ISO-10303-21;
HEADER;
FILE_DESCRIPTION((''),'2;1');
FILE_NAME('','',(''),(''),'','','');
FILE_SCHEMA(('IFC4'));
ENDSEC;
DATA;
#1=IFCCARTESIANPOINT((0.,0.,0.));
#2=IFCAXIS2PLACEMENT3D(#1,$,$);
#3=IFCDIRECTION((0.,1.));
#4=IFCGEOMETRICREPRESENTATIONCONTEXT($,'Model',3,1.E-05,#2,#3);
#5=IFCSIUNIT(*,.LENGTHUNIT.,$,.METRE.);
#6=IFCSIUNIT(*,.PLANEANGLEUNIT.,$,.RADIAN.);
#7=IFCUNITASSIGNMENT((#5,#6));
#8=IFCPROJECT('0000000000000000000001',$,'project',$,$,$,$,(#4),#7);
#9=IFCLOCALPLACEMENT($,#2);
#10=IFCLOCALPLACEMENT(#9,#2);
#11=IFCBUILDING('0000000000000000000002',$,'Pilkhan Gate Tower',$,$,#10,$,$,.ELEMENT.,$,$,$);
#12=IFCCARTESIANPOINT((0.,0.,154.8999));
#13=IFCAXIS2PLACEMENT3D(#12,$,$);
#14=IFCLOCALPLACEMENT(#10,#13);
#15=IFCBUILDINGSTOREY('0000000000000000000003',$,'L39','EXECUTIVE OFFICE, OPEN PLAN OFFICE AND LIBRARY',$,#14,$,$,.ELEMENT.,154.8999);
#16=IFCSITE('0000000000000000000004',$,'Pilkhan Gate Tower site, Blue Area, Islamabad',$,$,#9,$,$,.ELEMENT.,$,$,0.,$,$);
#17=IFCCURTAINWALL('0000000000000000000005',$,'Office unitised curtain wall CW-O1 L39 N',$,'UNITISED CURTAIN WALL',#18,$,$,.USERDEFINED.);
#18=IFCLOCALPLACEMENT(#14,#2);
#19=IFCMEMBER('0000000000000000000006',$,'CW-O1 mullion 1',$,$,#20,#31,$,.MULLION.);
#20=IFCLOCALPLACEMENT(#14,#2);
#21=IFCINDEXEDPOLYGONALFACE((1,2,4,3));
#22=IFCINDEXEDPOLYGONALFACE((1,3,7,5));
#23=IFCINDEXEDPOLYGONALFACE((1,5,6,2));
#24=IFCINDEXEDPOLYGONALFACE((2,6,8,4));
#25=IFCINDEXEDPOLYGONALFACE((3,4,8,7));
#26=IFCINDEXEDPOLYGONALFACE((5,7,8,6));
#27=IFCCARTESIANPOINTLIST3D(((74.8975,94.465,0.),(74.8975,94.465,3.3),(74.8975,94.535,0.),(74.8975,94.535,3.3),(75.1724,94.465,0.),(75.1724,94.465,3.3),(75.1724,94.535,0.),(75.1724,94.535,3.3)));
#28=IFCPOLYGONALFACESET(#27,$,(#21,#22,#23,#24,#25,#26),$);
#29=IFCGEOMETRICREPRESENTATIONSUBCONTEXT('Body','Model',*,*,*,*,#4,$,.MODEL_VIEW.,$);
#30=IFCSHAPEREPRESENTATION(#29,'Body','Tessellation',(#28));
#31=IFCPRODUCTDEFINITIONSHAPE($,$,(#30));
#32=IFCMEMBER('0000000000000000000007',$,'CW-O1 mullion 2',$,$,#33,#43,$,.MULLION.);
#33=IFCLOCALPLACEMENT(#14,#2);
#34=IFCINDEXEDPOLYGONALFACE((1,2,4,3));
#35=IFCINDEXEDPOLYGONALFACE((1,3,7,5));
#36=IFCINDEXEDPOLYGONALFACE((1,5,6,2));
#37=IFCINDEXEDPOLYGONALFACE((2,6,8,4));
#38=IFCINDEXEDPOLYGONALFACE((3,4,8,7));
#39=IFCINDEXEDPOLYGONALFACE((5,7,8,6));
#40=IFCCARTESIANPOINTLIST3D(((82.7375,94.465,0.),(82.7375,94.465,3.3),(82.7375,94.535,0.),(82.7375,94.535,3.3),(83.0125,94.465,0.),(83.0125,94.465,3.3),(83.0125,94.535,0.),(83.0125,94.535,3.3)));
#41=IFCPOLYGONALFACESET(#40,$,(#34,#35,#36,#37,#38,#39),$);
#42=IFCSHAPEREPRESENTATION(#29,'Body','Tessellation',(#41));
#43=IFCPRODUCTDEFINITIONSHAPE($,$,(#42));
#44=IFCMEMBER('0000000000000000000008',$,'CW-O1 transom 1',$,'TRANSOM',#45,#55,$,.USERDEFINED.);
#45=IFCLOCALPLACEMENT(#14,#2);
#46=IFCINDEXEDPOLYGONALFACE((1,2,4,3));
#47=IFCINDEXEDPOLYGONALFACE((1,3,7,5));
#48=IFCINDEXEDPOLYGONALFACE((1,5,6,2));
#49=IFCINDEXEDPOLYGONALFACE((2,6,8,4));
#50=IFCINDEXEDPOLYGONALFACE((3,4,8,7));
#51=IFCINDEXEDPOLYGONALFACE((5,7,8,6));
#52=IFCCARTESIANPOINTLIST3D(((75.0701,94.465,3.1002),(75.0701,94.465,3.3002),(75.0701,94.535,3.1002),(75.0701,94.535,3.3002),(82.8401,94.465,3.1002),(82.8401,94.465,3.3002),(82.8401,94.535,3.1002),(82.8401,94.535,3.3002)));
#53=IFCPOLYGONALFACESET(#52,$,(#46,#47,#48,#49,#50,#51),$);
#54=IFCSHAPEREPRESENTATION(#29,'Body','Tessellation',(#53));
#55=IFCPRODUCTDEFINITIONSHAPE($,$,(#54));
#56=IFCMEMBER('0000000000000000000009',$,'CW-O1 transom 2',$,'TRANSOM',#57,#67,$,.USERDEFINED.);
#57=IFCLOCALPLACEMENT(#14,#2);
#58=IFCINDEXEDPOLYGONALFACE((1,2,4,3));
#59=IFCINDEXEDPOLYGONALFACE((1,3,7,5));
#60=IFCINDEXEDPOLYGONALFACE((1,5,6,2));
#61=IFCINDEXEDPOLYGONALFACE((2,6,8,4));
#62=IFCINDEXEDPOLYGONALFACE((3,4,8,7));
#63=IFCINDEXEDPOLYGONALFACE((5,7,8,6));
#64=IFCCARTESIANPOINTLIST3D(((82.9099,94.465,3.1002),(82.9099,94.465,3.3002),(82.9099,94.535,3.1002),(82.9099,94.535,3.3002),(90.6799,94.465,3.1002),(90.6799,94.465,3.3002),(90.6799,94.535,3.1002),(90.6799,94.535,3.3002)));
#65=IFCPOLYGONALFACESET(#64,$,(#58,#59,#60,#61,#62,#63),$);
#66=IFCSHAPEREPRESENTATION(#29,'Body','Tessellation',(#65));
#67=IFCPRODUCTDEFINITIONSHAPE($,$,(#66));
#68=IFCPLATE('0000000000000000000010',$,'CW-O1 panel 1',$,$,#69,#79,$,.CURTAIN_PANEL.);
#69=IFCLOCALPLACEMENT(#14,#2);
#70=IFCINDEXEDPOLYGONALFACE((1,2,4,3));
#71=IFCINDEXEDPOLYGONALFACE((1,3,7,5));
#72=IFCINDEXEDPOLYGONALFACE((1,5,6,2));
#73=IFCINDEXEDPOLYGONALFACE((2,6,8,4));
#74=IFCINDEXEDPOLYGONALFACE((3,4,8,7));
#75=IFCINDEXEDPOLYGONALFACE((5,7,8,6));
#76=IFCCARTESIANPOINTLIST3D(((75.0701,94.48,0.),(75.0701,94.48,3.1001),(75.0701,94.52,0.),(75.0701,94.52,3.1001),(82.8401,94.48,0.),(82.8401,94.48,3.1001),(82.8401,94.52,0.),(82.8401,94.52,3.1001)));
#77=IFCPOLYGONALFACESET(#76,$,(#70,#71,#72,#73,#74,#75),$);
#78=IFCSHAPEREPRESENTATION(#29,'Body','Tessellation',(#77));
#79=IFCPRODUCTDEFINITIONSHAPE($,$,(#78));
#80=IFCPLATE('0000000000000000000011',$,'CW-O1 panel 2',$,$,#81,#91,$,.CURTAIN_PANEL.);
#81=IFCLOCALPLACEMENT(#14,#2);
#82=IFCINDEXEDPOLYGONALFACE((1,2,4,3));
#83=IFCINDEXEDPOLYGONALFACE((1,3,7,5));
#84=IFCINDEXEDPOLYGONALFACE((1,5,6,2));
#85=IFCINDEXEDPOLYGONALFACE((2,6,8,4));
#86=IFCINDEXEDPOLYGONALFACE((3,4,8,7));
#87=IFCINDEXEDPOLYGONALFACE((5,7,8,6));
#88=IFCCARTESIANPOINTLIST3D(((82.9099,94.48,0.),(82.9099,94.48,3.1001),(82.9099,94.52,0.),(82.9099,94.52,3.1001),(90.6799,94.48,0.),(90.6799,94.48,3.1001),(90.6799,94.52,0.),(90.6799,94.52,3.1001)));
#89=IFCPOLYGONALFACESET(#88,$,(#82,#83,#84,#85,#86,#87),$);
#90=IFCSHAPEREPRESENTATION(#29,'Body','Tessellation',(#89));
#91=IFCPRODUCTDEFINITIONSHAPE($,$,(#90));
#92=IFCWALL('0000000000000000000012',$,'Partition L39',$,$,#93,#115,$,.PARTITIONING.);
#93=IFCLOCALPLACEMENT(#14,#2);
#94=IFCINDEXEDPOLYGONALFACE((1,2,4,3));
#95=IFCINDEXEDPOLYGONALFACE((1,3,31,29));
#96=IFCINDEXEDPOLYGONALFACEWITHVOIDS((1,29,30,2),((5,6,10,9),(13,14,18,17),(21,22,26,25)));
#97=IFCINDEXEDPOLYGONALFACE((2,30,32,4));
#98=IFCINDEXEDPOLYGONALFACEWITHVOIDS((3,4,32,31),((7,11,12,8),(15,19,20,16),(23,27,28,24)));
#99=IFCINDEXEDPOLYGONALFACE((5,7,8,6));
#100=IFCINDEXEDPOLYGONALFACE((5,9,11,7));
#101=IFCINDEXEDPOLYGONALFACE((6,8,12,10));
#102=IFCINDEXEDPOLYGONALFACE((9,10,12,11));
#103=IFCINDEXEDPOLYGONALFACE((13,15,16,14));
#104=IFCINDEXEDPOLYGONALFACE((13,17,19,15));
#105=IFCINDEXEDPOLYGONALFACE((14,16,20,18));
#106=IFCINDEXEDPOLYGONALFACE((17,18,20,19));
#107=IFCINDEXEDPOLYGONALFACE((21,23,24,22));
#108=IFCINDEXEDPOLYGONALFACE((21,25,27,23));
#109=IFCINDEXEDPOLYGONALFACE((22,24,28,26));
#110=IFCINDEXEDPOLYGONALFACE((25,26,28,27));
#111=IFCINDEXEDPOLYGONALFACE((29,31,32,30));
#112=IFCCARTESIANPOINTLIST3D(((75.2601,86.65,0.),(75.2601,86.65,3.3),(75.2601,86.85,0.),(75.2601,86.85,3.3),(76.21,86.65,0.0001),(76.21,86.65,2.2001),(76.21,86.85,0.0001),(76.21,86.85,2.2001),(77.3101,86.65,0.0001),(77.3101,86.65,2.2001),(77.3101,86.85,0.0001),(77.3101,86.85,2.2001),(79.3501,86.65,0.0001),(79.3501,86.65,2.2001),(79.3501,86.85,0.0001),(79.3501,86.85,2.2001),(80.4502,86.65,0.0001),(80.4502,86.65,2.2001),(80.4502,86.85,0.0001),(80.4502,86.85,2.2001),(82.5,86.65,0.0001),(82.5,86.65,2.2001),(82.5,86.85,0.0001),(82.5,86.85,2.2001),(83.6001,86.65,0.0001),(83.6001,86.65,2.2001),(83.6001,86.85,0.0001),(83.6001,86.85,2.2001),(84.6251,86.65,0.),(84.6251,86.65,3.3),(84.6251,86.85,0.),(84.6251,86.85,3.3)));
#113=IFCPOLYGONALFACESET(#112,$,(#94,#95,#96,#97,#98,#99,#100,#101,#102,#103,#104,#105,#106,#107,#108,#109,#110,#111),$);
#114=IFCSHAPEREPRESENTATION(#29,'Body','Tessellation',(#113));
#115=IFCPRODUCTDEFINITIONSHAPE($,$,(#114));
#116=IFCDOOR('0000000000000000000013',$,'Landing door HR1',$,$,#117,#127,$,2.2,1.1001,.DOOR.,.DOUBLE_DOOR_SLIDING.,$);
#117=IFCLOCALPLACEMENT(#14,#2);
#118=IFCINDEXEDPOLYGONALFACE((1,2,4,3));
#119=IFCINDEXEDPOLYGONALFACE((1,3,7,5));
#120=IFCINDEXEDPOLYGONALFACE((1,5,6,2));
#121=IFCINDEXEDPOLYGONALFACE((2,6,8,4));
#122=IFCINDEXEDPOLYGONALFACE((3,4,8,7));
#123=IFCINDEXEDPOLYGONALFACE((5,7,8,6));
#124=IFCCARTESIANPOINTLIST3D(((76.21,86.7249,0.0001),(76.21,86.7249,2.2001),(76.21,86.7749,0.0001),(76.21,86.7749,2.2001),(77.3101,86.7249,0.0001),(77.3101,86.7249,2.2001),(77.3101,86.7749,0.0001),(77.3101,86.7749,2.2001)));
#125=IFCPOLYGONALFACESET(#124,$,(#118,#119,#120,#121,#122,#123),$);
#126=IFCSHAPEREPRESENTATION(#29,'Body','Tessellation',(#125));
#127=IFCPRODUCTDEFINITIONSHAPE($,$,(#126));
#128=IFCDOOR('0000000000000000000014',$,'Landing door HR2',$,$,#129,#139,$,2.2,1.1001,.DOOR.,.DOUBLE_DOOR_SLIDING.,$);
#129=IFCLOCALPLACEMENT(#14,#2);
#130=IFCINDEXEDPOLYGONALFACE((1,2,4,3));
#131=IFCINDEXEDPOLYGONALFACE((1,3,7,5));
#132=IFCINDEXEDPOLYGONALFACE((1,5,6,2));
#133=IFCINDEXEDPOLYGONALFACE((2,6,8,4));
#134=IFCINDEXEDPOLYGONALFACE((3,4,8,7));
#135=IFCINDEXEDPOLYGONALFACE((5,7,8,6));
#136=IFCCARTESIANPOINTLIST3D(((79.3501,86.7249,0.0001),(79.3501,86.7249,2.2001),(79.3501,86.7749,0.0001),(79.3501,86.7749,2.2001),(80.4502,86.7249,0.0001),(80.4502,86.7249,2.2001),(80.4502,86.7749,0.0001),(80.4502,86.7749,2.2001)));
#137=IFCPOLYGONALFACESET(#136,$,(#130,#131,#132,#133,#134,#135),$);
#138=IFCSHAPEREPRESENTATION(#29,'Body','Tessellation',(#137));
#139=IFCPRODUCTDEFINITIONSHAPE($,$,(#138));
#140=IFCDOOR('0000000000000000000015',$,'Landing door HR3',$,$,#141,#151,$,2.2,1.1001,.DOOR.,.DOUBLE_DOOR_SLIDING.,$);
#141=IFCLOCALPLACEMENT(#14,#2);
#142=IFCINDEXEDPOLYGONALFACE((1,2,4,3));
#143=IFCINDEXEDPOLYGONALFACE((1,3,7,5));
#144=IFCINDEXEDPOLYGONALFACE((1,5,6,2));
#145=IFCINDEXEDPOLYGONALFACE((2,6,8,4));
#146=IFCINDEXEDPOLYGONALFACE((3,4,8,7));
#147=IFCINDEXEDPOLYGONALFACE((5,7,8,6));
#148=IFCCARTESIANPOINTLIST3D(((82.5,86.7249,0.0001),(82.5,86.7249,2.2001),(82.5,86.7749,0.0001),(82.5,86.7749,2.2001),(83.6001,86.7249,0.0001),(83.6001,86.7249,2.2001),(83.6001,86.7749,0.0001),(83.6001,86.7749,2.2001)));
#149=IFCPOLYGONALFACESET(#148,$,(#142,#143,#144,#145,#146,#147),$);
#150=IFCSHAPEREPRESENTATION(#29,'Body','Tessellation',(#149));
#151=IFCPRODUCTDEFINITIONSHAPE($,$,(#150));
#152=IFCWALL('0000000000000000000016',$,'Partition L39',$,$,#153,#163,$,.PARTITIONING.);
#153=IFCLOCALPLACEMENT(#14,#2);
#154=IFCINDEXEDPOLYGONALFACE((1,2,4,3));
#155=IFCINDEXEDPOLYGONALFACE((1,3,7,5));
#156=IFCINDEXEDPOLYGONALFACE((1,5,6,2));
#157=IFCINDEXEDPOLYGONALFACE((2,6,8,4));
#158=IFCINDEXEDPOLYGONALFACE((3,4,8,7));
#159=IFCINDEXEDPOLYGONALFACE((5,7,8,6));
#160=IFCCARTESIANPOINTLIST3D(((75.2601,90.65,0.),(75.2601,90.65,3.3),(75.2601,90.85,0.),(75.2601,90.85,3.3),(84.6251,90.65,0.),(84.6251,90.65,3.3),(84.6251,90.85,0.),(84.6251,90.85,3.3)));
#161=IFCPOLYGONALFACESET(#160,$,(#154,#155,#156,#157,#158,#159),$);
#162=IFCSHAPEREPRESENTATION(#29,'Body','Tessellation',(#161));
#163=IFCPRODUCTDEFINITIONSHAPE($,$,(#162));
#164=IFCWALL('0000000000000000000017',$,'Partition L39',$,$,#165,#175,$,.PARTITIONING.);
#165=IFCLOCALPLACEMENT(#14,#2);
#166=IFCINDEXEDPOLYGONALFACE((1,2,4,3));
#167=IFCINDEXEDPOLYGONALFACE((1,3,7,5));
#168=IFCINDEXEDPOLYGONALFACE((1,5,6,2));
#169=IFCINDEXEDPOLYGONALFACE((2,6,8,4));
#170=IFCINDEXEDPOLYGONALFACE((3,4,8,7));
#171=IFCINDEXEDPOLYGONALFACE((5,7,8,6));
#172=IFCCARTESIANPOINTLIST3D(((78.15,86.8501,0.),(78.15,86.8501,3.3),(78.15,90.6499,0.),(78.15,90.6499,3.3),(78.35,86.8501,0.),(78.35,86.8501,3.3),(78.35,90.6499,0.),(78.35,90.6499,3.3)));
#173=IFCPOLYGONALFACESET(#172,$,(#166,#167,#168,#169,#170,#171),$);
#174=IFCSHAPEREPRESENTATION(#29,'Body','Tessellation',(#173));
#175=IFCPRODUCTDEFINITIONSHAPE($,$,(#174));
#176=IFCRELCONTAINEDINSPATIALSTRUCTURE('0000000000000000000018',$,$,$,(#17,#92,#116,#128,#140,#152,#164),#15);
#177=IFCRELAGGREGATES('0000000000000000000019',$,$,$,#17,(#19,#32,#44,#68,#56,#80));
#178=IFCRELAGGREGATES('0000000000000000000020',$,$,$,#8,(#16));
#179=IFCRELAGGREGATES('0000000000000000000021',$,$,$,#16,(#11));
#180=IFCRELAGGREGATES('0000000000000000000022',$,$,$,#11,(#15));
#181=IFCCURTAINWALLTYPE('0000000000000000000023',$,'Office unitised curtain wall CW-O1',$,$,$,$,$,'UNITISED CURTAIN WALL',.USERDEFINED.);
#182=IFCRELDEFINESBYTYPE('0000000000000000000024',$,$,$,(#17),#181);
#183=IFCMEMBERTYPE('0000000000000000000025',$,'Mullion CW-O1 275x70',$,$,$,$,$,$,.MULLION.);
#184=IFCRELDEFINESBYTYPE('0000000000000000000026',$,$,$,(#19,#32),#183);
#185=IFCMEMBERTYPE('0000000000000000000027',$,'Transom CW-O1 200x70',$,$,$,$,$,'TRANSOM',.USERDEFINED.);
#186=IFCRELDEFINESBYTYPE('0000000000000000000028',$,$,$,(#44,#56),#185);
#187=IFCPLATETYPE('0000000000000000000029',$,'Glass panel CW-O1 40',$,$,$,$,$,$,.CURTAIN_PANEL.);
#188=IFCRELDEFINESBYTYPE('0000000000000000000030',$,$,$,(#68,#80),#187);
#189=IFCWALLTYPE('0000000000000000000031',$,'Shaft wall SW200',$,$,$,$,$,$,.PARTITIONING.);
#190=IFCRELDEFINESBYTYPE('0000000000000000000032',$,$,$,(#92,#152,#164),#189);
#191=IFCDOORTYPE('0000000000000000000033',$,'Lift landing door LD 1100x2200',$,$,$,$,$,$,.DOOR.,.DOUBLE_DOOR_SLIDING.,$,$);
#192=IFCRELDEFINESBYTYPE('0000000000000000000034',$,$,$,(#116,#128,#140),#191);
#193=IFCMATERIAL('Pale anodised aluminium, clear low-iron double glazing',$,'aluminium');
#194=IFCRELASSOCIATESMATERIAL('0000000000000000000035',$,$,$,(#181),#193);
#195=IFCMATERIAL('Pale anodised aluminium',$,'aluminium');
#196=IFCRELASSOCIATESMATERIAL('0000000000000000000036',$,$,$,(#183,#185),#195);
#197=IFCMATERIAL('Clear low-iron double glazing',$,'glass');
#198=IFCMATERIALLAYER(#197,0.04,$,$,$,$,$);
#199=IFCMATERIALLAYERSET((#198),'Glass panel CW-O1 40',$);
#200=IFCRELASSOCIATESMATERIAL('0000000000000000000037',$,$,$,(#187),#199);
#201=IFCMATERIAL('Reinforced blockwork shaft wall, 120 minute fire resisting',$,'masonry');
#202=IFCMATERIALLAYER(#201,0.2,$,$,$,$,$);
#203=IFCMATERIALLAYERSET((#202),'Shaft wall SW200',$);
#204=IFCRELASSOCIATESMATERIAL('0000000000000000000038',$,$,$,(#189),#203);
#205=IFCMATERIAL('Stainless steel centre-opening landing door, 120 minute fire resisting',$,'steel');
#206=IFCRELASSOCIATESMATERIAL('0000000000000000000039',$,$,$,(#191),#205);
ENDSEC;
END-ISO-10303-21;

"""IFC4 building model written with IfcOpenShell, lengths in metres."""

from ifc_helpers import new_model, si_unit, direction, frame, frame_2d, origin, origin_2d, place, context, subcontext, project, spatial, rectangle, extrude, material, layer, layer_set, material_profile, profile_set, type_object, element, fill, aggregate, save


model = new_model("IFC4")

# Units and contexts
model_context = context("Model", 3, precision=1e-05, world=origin(), true_north=direction((0.0, 1.0)))
body_context = subcontext(model_context, "Body", "Model", "MODEL_VIEW")
ifc_project = project(units=[si_unit("LENGTHUNIT", "METRE"), si_unit("PLANEANGLEUNIT", "RADIAN")], contexts=[model_context])

# Site, building, storey
site_placement = place(None, origin())
site = spatial("IfcSite", under=ifc_project, at=site_placement, Name="Pilkhan Gate Tower site, Blue Area, Islamabad", CompositionType="ELEMENT", RefElevation=0.0)
building_placement = place(site_placement, origin())
building = spatial("IfcBuilding", under=site, at=building_placement, Name="Pilkhan Gate Tower", CompositionType="ELEMENT")
storey_placement = place(building_placement, frame((0.0, 0.0, 154.8999)))
storey = spatial("IfcBuildingStorey", under=building, at=storey_placement, Name="L39", Description="EXECUTIVE OFFICE, OPEN PLAN OFFICE AND LIBRARY", CompositionType="ELEMENT", Elevation=154.8999)

# Curtain wall, members, plates
ifc_material_1 = material(Name="Pale anodised aluminium, clear low-iron double glazing", Category="aluminium")
curtain_wall_type = type_object("IfcCurtainWallType", Name="Office unitised curtain wall CW-O1", ElementType="UNITISED CURTAIN WALL", PredefinedType="USERDEFINED", material=ifc_material_1)
curtain_wall_placement = place(storey_placement, origin())
curtain_wall = element("IfcCurtainWall", 1, at=curtain_wall_placement, inside=storey, type_object=curtain_wall_type, Name="Office unitised curtain wall CW-O1 L39 N", ObjectType="UNITISED CURTAIN WALL", PredefinedType="USERDEFINED")
ifc_material_2 = material(Name="Pale anodised aluminium", Category="aluminium")
ifc_material_profile_1 = material_profile(ifc_material_2, rectangle(XDim=0.0701, YDim=0.2749, at=origin_2d()), Name="Mullion 275x70")
ifc_profile_set_1 = profile_set([ifc_material_profile_1], Name="Pale anodised aluminium")
member_type_1 = type_object("IfcMemberType", Name="Mullion CW-O1 275x70", PredefinedType="MULLION", material=ifc_profile_set_1)
member_1_placement = place(storey_placement, frame((75.0349, 94.5, 0.0), z_axis=(0.0, 0.0, 1.0), x_axis=(0.0, 1.0, 0.0)))
member_1 = element("IfcMember", 2, at=member_1_placement, type_object=member_type_1, Name="CW-O1 mullion 1", PredefinedType="MULLION", context=body_context, shape_type="SweptSolid", body=[
    extrude(rectangle(XDim=0.0701, YDim=0.2749, at=origin_2d()), origin(), (0.0, 0.0, 1.0), 3.3),
])
member_2_placement = place(storey_placement, frame((82.875, 94.5, 0.0), z_axis=(0.0, 0.0, 1.0), x_axis=(0.0, 1.0, 0.0)))
member_2 = element("IfcMember", 3, at=member_2_placement, type_object=member_type_1, Name="CW-O1 mullion 2", PredefinedType="MULLION", context=body_context, shape_type="SweptSolid", body=[
    extrude(rectangle(XDim=0.0701, YDim=0.2749, at=origin_2d()), origin(), (0.0, 0.0, 1.0), 3.3),
])
ifc_material_profile_2 = material_profile(ifc_material_2, rectangle(XDim=0.0701, YDim=0.2, at=origin_2d()), Name="Transom 200x70")
ifc_profile_set_2 = profile_set([ifc_material_profile_2], Name="Pale anodised aluminium")
member_type_2 = type_object("IfcMemberType", Name="Transom CW-O1 200x70", ElementType="TRANSOM", PredefinedType="USERDEFINED", material=ifc_profile_set_2)
member_3_placement = place(storey_placement, frame((75.0701, 94.5, 3.2002), z_axis=(1.0, 0.0, 0.0), x_axis=(0.0, 1.0, 0.0)))
member_3 = element("IfcMember", 4, at=member_3_placement, type_object=member_type_2, Name="CW-O1 transom 1", ObjectType="TRANSOM", PredefinedType="USERDEFINED", context=body_context, shape_type="SweptSolid", body=[
    extrude(rectangle(XDim=0.0701, YDim=0.2, at=origin_2d()), origin(), (0.0, 0.0, 1.0), 7.77),
])
member_4_placement = place(storey_placement, frame((82.9099, 94.5, 3.2002), z_axis=(1.0, 0.0, 0.0), x_axis=(0.0, 1.0, 0.0)))
member_4 = element("IfcMember", 5, at=member_4_placement, type_object=member_type_2, Name="CW-O1 transom 2", ObjectType="TRANSOM", PredefinedType="USERDEFINED", context=body_context, shape_type="SweptSolid", body=[
    extrude(rectangle(XDim=0.0701, YDim=0.2, at=origin_2d()), origin(), (0.0, 0.0, 1.0), 7.77),
])
ifc_material_3 = material(Name="Clear low-iron double glazing", Category="glass")
ifc_layer_1 = layer(ifc_material_3, 0.04)
ifc_layer_set_1 = layer_set([ifc_layer_1], Name="Glass panel CW-O1 40")
plate_type = type_object("IfcPlateType", Name="Glass panel CW-O1 40", PredefinedType="CURTAIN_PANEL", material=ifc_layer_set_1)
plate_1_placement = place(storey_placement, frame((78.9551, 94.5, 0.0), z_axis=(0.0, 0.0, 1.0), x_axis=(1.0, 0.0, 0.0)))
plate_1 = element("IfcPlate", 6, at=plate_1_placement, type_object=plate_type, Name="CW-O1 panel 1", PredefinedType="CURTAIN_PANEL", context=body_context, shape_type="SweptSolid", body=[
    extrude(rectangle(XDim=7.77, YDim=0.04, at=origin_2d()), origin(), (0.0, 0.0, 1.0), 3.1001),
])
plate_2_placement = place(storey_placement, frame((86.7949, 94.5, 0.0), z_axis=(0.0, 0.0, 1.0), x_axis=(1.0, 0.0, 0.0)))
plate_2 = element("IfcPlate", 7, at=plate_2_placement, type_object=plate_type, Name="CW-O1 panel 2", PredefinedType="CURTAIN_PANEL", context=body_context, shape_type="SweptSolid", body=[
    extrude(rectangle(XDim=7.77, YDim=0.04, at=origin_2d()), origin(), (0.0, 0.0, 1.0), 3.1001),
])
aggregate(curtain_wall, [member_1, member_2, member_3, plate_1, member_4, plate_2])

# Wall, openings, doors
ifc_material_4 = material(Name="Reinforced blockwork shaft wall, 120 minute fire resisting", Category="masonry")
ifc_layer_2 = layer(ifc_material_4, 0.2)
ifc_layer_set_2 = layer_set([ifc_layer_2], Name="Shaft wall SW200")
wall_type_1 = type_object("IfcWallType", Name="Shaft wall SW200", PredefinedType="PARTITIONING", material=ifc_layer_set_2)
wall_1_placement = place(storey_placement, frame((75.26, 86.75, 0.0), z_axis=(0.0, 0.0, 1.0), x_axis=(1.0, 0.0, 0.0)))
wall_1 = element("IfcWall", 8, at=wall_1_placement, inside=storey, type_object=wall_type_1, Name="Partition L39", PredefinedType="PARTITIONING", context=body_context, shape_type="SweptSolid", body=[
    extrude(rectangle(XDim=9.365, YDim=0.2, at=frame_2d((4.6826, 0.0))), origin(), (0.0, 0.0, 1.0), 3.3),
])
opening_1_placement = place(wall_1_placement, frame((0.95, 0.0, 0.0)))
opening_1 = element("IfcOpeningElement", 9, at=opening_1_placement, cuts=wall_1, PredefinedType="OPENING", context=body_context, shape_type="SweptSolid", body=[
    extrude(rectangle(XDim=1.1001, YDim=2.2, at=frame_2d((0.55, 1.1001))), frame((0.0, 0.1099, 0.0), z_axis=(0.0, -1.0, 0.0), x_axis=(1.0, 0.0, 0.0)), (0.0, 0.0, 1.0), 0.22),
])
opening_2_placement = place(wall_1_placement, frame((4.0901, 0.0, 0.0)))
opening_2 = element("IfcOpeningElement", 10, at=opening_2_placement, cuts=wall_1, PredefinedType="OPENING", context=body_context, shape_type="SweptSolid", body=[
    extrude(rectangle(XDim=1.1001, YDim=2.2, at=frame_2d((0.55, 1.1001))), frame((0.0, 0.1099, 0.0), z_axis=(0.0, -1.0, 0.0), x_axis=(1.0, 0.0, 0.0)), (0.0, 0.0, 1.0), 0.22),
])
opening_3_placement = place(wall_1_placement, frame((7.24, 0.0, 0.0)))
opening_3 = element("IfcOpeningElement", 11, at=opening_3_placement, cuts=wall_1, PredefinedType="OPENING", context=body_context, shape_type="SweptSolid", body=[
    extrude(rectangle(XDim=1.1001, YDim=2.2, at=frame_2d((0.55, 1.1001))), frame((0.0, 0.1099, 0.0), z_axis=(0.0, -1.0, 0.0), x_axis=(1.0, 0.0, 0.0)), (0.0, 0.0, 1.0), 0.22),
])
ifc_material_5 = material(Name="Stainless steel centre-opening landing door, 120 minute fire resisting", Category="steel")
door_type = type_object("IfcDoorType", Name="Lift landing door LD 1100x2200", OperationType="DOUBLE_DOOR_SLIDING", PredefinedType="DOOR", material=ifc_material_5)
door_1_placement = place(opening_1_placement, origin())
door_1 = element("IfcDoor", 12, at=door_1_placement, inside=storey, type_object=door_type, Name="Landing door HR1", OperationType="DOUBLE_DOOR_SLIDING", OverallHeight=2.2, OverallWidth=1.1001, PredefinedType="DOOR", context=body_context, shape_type="SweptSolid", body=[
    extrude(rectangle(XDim=1.1001, YDim=2.2, at=frame_2d((0.55, 1.1001))), frame((0.0, 0.0249, 0.0), z_axis=(0.0, -1.0, 0.0), x_axis=(1.0, 0.0, 0.0)), (0.0, 0.0, 1.0), 0.05),
])
fill(opening_1, door_1)
door_2_placement = place(opening_2_placement, origin())
door_2 = element("IfcDoor", 13, at=door_2_placement, inside=storey, type_object=door_type, Name="Landing door HR2", OperationType="DOUBLE_DOOR_SLIDING", OverallHeight=2.2, OverallWidth=1.1001, PredefinedType="DOOR", context=body_context, shape_type="SweptSolid", body=[
    extrude(rectangle(XDim=1.1001, YDim=2.2, at=frame_2d((0.55, 1.1001))), frame((0.0, 0.0249, 0.0), z_axis=(0.0, -1.0, 0.0), x_axis=(1.0, 0.0, 0.0)), (0.0, 0.0, 1.0), 0.05),
])
fill(opening_2, door_2)
door_3_placement = place(opening_3_placement, origin())
door_3 = element("IfcDoor", 14, at=door_3_placement, inside=storey, type_object=door_type, Name="Landing door HR3", OperationType="DOUBLE_DOOR_SLIDING", OverallHeight=2.2, OverallWidth=1.1001, PredefinedType="DOOR", context=body_context, shape_type="SweptSolid", body=[
    extrude(rectangle(XDim=1.1001, YDim=2.2, at=frame_2d((0.55, 1.1001))), frame((0.0, 0.0249, 0.0), z_axis=(0.0, -1.0, 0.0), x_axis=(1.0, 0.0, 0.0)), (0.0, 0.0, 1.0), 0.05),
])
fill(opening_3, door_3)

# Walls
wall_2_placement = place(storey_placement, frame((75.26, 90.75, 0.0), z_axis=(0.0, 0.0, 1.0), x_axis=(1.0, 0.0, 0.0)))
element("IfcWall", 15, at=wall_2_placement, inside=storey, type_object=wall_type_1, Name="Partition L39", PredefinedType="PARTITIONING", context=body_context, shape_type="SweptSolid", body=[
    extrude(rectangle(XDim=9.365, YDim=0.2, at=frame_2d((4.6826, 0.0))), origin(), (0.0, 0.0, 1.0), 3.3),
])
for number, where, z_axis, x_axis, name in (
    (16, (78.25, 86.8501, 0.0), (0.0, 0.0, 1.0), (0.0, 1.0, 0.0), "Partition L39"),
):
    element("IfcWall", number, at=place(storey_placement, frame(where, z_axis=z_axis, x_axis=x_axis)), inside=storey, type_object=wall_type_1, Name=name, PredefinedType="PARTITIONING", context=body_context, shape_type="SweptSolid", body=[
        extrude(rectangle(XDim=3.7998, YDim=0.2, at=frame_2d((1.8999, 0.0))), origin(), (0.0, 0.0, 1.0), 3.3),
    ])

save(model, "model.ifc")
